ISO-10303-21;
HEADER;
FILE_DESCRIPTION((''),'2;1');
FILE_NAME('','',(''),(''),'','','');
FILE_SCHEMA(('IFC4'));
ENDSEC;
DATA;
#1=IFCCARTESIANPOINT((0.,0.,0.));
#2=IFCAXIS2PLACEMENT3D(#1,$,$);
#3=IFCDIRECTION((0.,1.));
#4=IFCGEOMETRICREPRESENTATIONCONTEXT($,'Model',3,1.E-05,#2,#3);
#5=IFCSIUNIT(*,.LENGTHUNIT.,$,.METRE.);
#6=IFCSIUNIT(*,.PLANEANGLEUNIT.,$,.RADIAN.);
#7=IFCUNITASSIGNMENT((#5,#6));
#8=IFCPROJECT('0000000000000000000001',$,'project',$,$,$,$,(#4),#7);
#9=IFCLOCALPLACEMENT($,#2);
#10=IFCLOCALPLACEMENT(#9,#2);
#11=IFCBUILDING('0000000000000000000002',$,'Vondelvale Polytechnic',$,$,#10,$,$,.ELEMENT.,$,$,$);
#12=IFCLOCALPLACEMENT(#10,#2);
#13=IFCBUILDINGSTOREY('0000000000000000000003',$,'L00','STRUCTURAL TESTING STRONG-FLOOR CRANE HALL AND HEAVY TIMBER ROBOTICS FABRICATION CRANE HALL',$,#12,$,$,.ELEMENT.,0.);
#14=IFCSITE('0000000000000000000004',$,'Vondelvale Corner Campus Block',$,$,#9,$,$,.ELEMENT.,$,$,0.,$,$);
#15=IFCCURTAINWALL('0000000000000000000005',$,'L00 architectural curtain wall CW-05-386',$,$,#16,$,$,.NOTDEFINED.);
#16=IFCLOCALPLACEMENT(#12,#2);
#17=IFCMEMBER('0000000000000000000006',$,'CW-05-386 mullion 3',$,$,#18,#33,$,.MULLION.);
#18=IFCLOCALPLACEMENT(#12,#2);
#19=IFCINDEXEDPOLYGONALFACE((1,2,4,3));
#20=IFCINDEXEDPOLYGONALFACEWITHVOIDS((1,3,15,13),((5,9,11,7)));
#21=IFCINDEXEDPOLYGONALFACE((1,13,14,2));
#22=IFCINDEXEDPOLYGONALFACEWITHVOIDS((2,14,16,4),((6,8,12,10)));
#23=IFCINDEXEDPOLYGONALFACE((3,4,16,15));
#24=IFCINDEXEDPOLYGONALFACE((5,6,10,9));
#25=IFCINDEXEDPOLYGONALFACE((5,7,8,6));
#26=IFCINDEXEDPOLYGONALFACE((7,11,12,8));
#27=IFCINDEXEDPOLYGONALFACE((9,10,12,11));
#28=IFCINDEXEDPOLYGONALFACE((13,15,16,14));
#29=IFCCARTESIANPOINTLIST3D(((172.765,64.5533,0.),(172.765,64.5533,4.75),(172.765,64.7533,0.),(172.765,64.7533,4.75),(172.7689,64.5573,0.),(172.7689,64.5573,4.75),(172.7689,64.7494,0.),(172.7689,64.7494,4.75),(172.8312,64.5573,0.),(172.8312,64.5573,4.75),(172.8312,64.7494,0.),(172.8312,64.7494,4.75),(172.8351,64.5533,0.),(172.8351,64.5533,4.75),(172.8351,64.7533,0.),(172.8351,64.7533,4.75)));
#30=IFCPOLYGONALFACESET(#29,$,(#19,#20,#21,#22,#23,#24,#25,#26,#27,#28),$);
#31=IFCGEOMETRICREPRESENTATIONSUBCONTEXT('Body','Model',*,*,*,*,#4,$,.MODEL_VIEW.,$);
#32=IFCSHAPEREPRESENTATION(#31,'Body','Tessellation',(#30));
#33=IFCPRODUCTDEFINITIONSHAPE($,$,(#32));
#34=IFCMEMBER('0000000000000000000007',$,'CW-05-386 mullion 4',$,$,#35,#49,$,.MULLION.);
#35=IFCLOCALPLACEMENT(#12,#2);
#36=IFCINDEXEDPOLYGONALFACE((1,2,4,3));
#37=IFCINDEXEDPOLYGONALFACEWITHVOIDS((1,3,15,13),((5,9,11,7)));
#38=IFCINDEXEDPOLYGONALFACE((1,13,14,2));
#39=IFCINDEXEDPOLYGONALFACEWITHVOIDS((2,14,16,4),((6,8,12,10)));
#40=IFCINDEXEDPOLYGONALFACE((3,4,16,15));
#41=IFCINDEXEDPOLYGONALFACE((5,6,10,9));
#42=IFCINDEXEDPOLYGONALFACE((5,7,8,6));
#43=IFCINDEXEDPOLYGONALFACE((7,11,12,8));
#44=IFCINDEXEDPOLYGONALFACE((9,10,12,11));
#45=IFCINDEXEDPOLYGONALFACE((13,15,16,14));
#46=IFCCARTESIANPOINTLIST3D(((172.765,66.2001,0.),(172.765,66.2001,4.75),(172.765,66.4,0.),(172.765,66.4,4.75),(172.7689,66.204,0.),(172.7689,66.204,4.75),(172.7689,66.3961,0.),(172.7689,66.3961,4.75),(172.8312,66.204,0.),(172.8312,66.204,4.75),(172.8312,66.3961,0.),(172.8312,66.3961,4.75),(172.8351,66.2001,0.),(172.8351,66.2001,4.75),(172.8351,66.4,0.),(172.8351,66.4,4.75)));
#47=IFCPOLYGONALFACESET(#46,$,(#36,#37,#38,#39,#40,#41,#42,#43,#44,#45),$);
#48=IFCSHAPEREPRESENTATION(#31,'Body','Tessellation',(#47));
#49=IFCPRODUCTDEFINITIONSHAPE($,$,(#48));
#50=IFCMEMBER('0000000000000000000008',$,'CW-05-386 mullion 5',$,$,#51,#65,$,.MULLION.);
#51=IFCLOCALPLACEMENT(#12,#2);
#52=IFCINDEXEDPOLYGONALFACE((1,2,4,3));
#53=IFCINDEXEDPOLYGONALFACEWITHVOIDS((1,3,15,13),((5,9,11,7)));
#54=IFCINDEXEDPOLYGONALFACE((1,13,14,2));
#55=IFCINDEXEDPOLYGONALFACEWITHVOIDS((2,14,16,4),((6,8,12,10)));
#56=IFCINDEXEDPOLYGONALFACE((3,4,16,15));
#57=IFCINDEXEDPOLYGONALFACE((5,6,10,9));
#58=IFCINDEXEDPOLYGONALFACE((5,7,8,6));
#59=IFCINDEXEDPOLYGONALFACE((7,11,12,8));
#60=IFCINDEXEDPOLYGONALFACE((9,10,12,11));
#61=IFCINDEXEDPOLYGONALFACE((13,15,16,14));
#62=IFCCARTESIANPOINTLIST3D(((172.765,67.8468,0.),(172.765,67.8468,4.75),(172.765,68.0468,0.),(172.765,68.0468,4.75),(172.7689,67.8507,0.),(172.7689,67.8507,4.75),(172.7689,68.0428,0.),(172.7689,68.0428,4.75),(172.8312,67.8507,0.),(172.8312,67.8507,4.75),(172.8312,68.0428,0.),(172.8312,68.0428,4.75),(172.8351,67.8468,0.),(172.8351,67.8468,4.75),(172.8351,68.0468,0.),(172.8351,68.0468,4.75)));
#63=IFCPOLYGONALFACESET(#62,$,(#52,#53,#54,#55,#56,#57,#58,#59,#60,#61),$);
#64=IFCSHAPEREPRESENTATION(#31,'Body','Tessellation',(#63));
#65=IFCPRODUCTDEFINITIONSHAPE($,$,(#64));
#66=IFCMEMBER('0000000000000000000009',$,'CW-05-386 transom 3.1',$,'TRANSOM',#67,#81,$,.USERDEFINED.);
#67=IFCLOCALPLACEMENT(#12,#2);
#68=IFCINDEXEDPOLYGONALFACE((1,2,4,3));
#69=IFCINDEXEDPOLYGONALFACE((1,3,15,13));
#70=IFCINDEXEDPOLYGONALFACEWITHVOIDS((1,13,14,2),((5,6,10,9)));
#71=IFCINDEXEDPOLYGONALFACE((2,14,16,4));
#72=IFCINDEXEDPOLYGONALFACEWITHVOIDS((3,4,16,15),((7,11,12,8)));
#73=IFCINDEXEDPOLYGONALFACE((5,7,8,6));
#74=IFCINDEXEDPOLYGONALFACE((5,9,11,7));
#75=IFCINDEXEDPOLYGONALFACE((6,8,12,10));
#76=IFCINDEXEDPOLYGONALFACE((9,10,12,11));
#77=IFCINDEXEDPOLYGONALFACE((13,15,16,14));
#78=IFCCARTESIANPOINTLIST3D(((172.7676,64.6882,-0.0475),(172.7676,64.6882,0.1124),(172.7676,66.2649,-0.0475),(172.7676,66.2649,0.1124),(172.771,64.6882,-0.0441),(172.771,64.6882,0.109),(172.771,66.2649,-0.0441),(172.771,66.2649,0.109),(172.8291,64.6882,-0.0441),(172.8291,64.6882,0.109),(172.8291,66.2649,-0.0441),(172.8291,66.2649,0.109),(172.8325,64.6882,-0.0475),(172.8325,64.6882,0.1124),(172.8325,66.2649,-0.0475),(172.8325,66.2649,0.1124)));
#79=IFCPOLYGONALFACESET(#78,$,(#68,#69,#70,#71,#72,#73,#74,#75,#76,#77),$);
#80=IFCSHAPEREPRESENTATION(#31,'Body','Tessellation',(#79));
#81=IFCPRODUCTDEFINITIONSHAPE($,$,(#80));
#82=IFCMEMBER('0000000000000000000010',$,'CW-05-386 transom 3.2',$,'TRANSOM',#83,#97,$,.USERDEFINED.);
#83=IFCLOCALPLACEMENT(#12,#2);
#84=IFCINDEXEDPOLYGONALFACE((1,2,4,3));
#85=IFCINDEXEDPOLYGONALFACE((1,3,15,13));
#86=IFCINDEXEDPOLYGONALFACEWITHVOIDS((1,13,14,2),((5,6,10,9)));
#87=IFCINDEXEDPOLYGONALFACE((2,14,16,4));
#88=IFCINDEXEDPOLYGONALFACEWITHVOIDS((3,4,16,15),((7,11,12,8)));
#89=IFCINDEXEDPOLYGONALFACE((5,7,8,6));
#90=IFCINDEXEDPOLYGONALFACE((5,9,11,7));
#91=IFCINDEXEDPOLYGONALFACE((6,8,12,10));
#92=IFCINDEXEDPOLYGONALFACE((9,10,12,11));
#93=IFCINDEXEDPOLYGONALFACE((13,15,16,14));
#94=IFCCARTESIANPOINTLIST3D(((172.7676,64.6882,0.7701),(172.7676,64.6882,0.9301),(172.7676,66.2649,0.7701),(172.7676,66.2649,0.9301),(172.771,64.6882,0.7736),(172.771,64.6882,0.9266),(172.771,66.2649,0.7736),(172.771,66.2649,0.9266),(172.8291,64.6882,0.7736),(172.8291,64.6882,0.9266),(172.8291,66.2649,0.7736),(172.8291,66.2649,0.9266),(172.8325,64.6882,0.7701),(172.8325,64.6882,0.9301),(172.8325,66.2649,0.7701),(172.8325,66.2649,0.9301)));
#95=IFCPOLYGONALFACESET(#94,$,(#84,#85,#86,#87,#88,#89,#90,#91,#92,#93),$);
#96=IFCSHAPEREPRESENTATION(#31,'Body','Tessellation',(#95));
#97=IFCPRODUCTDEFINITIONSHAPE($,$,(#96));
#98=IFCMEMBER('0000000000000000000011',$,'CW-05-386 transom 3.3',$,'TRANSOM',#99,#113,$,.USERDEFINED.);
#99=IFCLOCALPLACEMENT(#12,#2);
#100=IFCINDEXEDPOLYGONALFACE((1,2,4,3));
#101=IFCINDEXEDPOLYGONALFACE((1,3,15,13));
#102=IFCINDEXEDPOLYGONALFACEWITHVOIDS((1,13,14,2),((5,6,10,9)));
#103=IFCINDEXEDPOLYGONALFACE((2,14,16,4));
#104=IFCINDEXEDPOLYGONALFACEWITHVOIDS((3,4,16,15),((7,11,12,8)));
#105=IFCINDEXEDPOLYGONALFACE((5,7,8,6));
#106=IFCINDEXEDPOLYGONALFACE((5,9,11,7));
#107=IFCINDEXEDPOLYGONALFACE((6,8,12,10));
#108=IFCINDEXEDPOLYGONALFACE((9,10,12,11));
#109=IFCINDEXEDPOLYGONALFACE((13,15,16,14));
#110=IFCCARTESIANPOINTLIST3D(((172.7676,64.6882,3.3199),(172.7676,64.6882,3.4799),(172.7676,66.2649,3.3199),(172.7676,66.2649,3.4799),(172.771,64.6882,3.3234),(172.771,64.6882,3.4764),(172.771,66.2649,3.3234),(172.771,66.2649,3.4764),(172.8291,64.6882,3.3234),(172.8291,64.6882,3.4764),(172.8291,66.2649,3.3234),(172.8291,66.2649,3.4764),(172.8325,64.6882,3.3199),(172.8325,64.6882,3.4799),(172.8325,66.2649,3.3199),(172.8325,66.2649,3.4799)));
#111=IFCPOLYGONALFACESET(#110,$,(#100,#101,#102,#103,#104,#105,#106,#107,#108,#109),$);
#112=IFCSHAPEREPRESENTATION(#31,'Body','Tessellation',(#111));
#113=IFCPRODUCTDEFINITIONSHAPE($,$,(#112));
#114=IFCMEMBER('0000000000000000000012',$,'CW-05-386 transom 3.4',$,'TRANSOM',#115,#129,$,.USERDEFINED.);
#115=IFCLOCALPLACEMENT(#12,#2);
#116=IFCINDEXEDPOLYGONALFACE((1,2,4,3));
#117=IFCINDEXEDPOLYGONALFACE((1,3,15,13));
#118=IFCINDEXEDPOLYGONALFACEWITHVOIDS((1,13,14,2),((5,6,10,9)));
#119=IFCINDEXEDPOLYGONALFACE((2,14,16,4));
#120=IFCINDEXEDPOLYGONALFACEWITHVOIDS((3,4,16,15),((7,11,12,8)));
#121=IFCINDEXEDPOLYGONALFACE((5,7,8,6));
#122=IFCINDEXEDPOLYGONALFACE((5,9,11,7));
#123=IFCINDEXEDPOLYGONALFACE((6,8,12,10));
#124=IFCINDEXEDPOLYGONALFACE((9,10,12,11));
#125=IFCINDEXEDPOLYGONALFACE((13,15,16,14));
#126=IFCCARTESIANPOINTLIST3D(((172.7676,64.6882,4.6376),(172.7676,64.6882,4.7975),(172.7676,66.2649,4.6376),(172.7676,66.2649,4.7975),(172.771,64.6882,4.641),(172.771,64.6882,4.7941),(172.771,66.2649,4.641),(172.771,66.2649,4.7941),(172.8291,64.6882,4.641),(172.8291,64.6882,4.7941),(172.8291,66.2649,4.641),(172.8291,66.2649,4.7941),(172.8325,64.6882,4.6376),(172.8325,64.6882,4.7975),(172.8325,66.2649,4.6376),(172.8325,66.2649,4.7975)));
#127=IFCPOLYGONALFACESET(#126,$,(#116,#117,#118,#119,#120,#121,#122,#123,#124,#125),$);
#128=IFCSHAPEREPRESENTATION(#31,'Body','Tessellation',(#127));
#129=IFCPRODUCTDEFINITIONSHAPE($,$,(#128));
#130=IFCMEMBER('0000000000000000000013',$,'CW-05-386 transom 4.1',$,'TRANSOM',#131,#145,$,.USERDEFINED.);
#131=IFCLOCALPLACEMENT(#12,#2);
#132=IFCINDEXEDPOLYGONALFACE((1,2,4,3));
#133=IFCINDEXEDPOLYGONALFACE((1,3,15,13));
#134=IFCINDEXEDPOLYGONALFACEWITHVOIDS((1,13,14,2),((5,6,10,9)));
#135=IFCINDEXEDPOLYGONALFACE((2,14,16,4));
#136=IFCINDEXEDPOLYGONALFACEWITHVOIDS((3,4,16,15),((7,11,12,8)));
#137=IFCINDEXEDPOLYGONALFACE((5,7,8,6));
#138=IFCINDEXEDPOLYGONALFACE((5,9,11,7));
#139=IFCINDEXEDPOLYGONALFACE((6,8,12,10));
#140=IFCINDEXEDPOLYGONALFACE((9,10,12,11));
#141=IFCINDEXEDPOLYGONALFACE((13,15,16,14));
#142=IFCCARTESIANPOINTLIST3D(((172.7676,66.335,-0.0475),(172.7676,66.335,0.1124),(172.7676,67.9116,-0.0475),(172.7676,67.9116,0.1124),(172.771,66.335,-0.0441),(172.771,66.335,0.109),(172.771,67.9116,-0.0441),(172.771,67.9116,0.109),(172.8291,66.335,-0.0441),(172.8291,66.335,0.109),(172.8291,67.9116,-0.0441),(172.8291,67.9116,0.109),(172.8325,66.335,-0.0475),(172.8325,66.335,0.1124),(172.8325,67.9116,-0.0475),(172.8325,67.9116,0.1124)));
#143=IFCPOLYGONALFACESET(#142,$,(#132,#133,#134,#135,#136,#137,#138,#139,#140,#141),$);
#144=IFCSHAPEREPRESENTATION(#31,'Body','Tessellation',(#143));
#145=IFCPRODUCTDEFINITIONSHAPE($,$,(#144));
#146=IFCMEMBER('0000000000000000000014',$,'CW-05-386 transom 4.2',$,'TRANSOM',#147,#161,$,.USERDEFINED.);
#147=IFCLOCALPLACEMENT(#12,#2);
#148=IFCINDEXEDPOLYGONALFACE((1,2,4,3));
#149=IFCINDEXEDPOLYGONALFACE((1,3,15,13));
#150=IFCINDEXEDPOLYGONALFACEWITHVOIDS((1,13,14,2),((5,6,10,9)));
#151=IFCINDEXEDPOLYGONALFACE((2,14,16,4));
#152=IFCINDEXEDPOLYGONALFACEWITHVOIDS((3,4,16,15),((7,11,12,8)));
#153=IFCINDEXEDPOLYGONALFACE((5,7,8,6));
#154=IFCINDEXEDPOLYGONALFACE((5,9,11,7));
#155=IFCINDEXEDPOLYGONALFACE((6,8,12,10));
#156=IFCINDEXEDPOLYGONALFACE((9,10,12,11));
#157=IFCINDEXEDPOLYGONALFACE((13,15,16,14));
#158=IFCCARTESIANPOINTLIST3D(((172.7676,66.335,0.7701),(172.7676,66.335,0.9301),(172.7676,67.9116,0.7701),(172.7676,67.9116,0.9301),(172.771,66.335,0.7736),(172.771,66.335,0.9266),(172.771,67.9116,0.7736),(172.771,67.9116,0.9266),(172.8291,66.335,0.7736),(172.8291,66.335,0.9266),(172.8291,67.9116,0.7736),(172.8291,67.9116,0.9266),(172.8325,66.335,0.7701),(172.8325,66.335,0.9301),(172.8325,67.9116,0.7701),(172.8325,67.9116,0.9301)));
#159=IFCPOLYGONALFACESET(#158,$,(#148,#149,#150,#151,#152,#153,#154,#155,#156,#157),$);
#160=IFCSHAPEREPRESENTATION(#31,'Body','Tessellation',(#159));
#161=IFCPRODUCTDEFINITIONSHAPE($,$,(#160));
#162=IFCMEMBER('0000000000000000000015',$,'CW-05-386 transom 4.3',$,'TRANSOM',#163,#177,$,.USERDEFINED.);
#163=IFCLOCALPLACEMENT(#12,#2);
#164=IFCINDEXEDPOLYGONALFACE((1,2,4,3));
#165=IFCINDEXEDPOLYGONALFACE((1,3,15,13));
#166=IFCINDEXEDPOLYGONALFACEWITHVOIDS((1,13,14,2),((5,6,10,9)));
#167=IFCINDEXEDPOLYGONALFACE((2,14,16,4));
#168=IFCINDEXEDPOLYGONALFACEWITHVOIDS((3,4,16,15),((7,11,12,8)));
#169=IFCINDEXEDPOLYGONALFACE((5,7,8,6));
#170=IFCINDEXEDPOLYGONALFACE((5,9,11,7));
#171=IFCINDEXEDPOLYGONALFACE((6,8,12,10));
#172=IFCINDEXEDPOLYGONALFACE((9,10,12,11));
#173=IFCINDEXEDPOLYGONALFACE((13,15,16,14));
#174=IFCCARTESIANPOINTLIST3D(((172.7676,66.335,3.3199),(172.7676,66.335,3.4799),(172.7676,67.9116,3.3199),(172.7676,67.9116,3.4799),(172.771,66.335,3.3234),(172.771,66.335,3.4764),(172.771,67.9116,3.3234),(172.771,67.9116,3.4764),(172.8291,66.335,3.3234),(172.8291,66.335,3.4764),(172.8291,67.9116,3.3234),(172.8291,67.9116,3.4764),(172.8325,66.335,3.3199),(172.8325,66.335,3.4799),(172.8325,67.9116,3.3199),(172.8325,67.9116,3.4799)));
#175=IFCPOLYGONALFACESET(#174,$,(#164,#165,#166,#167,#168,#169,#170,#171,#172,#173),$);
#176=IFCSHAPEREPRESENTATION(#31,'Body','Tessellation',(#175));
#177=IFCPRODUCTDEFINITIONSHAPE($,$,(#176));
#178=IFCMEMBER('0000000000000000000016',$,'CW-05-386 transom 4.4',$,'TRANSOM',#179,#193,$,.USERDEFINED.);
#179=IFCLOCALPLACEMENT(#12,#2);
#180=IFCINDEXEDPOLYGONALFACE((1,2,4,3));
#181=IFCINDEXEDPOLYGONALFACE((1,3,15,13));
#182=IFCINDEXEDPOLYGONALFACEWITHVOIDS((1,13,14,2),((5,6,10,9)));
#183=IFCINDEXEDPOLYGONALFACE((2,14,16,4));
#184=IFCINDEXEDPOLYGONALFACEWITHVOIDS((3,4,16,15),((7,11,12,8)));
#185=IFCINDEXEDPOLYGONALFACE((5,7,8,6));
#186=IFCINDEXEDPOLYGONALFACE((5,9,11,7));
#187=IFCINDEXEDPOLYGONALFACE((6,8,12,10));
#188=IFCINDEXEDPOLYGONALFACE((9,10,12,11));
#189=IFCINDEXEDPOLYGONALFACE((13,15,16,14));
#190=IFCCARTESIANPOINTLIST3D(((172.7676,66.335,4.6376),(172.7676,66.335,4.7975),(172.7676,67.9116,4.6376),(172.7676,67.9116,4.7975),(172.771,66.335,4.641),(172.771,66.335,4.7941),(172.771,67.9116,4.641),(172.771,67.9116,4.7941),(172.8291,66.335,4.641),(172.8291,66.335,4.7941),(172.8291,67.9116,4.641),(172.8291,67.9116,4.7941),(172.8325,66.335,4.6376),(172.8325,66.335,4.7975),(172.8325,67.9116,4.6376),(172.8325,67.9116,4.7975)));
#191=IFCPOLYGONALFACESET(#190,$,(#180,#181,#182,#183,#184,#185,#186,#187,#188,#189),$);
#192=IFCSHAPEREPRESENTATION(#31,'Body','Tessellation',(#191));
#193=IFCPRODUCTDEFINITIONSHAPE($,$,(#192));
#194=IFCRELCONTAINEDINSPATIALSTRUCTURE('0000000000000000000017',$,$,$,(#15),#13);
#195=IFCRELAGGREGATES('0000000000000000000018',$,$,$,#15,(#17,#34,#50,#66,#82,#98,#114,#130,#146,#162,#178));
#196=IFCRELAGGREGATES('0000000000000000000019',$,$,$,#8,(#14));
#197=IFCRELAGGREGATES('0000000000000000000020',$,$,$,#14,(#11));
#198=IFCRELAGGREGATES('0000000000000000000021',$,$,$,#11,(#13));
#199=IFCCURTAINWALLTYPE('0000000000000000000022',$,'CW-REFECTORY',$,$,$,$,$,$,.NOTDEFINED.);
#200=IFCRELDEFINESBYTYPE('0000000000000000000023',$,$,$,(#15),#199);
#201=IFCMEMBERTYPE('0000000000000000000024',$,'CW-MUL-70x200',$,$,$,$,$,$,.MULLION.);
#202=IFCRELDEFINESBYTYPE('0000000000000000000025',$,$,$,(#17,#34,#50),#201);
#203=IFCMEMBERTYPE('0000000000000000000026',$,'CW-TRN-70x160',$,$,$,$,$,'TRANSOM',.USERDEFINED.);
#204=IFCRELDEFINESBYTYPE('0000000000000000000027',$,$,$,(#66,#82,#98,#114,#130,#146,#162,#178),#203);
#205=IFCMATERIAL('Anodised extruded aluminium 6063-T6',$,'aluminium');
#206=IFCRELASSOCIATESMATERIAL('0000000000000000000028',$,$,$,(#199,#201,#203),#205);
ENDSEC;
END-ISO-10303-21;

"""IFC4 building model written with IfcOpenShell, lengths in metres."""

from ifc_helpers import new_model, si_unit, direction, frame, origin, origin_2d, place, context, subcontext, project, spatial, hollow_rectangle, extrude, material, material_profile, profile_set, type_object, element, aggregate, save


model = new_model("IFC4")

# Units and contexts
model_context = context("Model", 3, precision=1e-05, world=origin(), true_north=direction((0.0, 1.0)))
body_context = subcontext(model_context, "Body", "Model", "MODEL_VIEW")
ifc_project = project(units=[si_unit("LENGTHUNIT", "METRE"), si_unit("PLANEANGLEUNIT", "RADIAN")], contexts=[model_context])

# Site, building, storey
site_placement = place(None, origin())
site = spatial("IfcSite", under=ifc_project, at=site_placement, Name="Vondelvale Corner Campus Block", CompositionType="ELEMENT", RefElevation=0.0)
building_placement = place(site_placement, origin())
building = spatial("IfcBuilding", under=site, at=building_placement, Name="Vondelvale Polytechnic", CompositionType="ELEMENT")
storey_placement = place(building_placement, origin())
storey = spatial("IfcBuildingStorey", under=building, at=storey_placement, Name="L00", Description="STRUCTURAL TESTING STRONG-FLOOR CRANE HALL AND HEAVY TIMBER ROBOTICS FABRICATION CRANE HALL", CompositionType="ELEMENT", Elevation=0.0)

# Curtain wall, members
ifc_material_1 = material(Name="Anodised extruded aluminium 6063-T6", Category="aluminium")
curtain_wall_type = type_object("IfcCurtainWallType", Name="CW-REFECTORY", PredefinedType="NOTDEFINED", material=ifc_material_1)
curtain_wall_placement = place(storey_placement, origin())
curtain_wall = element("IfcCurtainWall", 1, at=curtain_wall_placement, inside=storey, type_object=curtain_wall_type, Name="L00 architectural curtain wall CW-05-386", PredefinedType="NOTDEFINED")
ifc_material_profile_1 = material_profile(ifc_material_1, hollow_rectangle(XDim=0.0701, YDim=0.2, WallThickness=0.0039, at=origin_2d()), Name="CW-MUL-200x70")
ifc_profile_set_1 = profile_set([ifc_material_profile_1], Name="Anodised extruded aluminium 6063-T6")
member_type_1 = type_object("IfcMemberType", Name="CW-MUL-70x200", PredefinedType="MULLION", material=ifc_profile_set_1)
member_1_placement = place(storey_placement, frame((172.8, 64.6533, 0.0), z_axis=(0.0, 0.0, 1.0), x_axis=(-1.0, 0.0, 0.0)))
member_1 = element("IfcMember", 2, at=member_1_placement, type_object=member_type_1, Name="CW-05-386 mullion 3", PredefinedType="MULLION", context=body_context, shape_type="SweptSolid", body=[
    extrude(hollow_rectangle(XDim=0.0701, YDim=0.2, WallThickness=0.0039, at=origin_2d()), origin(), (0.0, 0.0, 1.0), 4.75),
])
member_2_placement = place(storey_placement, frame((172.8, 66.3, 0.0), z_axis=(0.0, 0.0, 1.0), x_axis=(-1.0, 0.0, 0.0)))
member_2 = element("IfcMember", 3, at=member_2_placement, type_object=member_type_1, Name="CW-05-386 mullion 4", PredefinedType="MULLION", context=body_context, shape_type="SweptSolid", body=[
    extrude(hollow_rectangle(XDim=0.0701, YDim=0.2, WallThickness=0.0039, at=origin_2d()), origin(), (0.0, 0.0, 1.0), 4.75),
])
member_3_placement = place(storey_placement, frame((172.8, 67.9468, 0.0), z_axis=(0.0, 0.0, 1.0), x_axis=(-1.0, 0.0, 0.0)))
member_3 = element("IfcMember", 4, at=member_3_placement, type_object=member_type_1, Name="CW-05-386 mullion 5", PredefinedType="MULLION", context=body_context, shape_type="SweptSolid", body=[
    extrude(hollow_rectangle(XDim=0.0701, YDim=0.2, WallThickness=0.0039, at=origin_2d()), origin(), (0.0, 0.0, 1.0), 4.75),
])
ifc_material_profile_2 = material_profile(ifc_material_1, hollow_rectangle(XDim=0.0649, YDim=0.1599, WallThickness=0.0034, at=origin_2d()), Name="CW-TRN-160x65")
ifc_profile_set_2 = profile_set([ifc_material_profile_2], Name="Anodised extruded aluminium 6063-T6")
member_type_2 = type_object("IfcMemberType", Name="CW-TRN-70x160", ElementType="TRANSOM", PredefinedType="USERDEFINED", material=ifc_profile_set_2)
member_4_placement = place(storey_placement, frame((172.8, 64.6882, 0.0325), z_axis=(0.0, 1.0, 0.0), x_axis=(-1.0, 0.0, 0.0)))
member_4 = element("IfcMember", 5, at=member_4_placement, type_object=member_type_2, Name="CW-05-386 transom 3.1", ObjectType="TRANSOM", PredefinedType="USERDEFINED", context=body_context, shape_type="SweptSolid", body=[
    extrude(hollow_rectangle(XDim=0.0649, YDim=0.1599, WallThickness=0.0034, at=origin_2d()), origin(), (0.0, 0.0, 1.0), 1.5767),
])
member_5_placement = place(storey_placement, frame((172.8, 64.6882, 0.8501), z_axis=(0.0, 1.0, 0.0), x_axis=(-1.0, 0.0, 0.0)))
member_5 = element("IfcMember", 6, at=member_5_placement, type_object=member_type_2, Name="CW-05-386 transom 3.2", ObjectType="TRANSOM", PredefinedType="USERDEFINED", context=body_context, shape_type="SweptSolid", body=[
    extrude(hollow_rectangle(XDim=0.0649, YDim=0.1599, WallThickness=0.0034, at=origin_2d()), origin(), (0.0, 0.0, 1.0), 1.5767),
])
member_6_placement = place(storey_placement, frame((172.8, 64.6882, 3.3999), z_axis=(0.0, 1.0, 0.0), x_axis=(-1.0, 0.0, 0.0)))
member_6 = element("IfcMember", 7, at=member_6_placement, type_object=member_type_2, Name="CW-05-386 transom 3.3", ObjectType="TRANSOM", PredefinedType="USERDEFINED", context=body_context, shape_type="SweptSolid", body=[
    extrude(hollow_rectangle(XDim=0.0649, YDim=0.1599, WallThickness=0.0034, at=origin_2d()), origin(), (0.0, 0.0, 1.0), 1.5767),
])
member_7_placement = place(storey_placement, frame((172.8, 64.6882, 4.7175), z_axis=(0.0, 1.0, 0.0), x_axis=(-1.0, 0.0, 0.0)))
member_7 = element("IfcMember", 8, at=member_7_placement, type_object=member_type_2, Name="CW-05-386 transom 3.4", ObjectType="TRANSOM", PredefinedType="USERDEFINED", context=body_context, shape_type="SweptSolid", body=[
    extrude(hollow_rectangle(XDim=0.0649, YDim=0.1599, WallThickness=0.0034, at=origin_2d()), origin(), (0.0, 0.0, 1.0), 1.5767),
])
member_8_placement = place(storey_placement, frame((172.8, 66.335, 0.0325), z_axis=(0.0, 1.0, 0.0), x_axis=(-1.0, 0.0, 0.0)))
member_8 = element("IfcMember", 9, at=member_8_placement, type_object=member_type_2, Name="CW-05-386 transom 4.1", ObjectType="TRANSOM", PredefinedType="USERDEFINED", context=body_context, shape_type="SweptSolid", body=[
    extrude(hollow_rectangle(XDim=0.0649, YDim=0.1599, WallThickness=0.0034, at=origin_2d()), origin(), (0.0, 0.0, 1.0), 1.5767),
])
member_9_placement = place(storey_placement, frame((172.8, 66.335, 0.8501), z_axis=(0.0, 1.0, 0.0), x_axis=(-1.0, 0.0, 0.0)))
member_9 = element("IfcMember", 10, at=member_9_placement, type_object=member_type_2, Name="CW-05-386 transom 4.2", ObjectType="TRANSOM", PredefinedType="USERDEFINED", context=body_context, shape_type="SweptSolid", body=[
    extrude(hollow_rectangle(XDim=0.0649, YDim=0.1599, WallThickness=0.0034, at=origin_2d()), origin(), (0.0, 0.0, 1.0), 1.5767),
])
member_10_placement = place(storey_placement, frame((172.8, 66.335, 3.3999), z_axis=(0.0, 1.0, 0.0), x_axis=(-1.0, 0.0, 0.0)))
member_10 = element("IfcMember", 11, at=member_10_placement, type_object=member_type_2, Name="CW-05-386 transom 4.3", ObjectType="TRANSOM", PredefinedType="USERDEFINED", context=body_context, shape_type="SweptSolid", body=[
    extrude(hollow_rectangle(XDim=0.0649, YDim=0.1599, WallThickness=0.0034, at=origin_2d()), origin(), (0.0, 0.0, 1.0), 1.5767),
])
member_11_placement = place(storey_placement, frame((172.8, 66.335, 4.7175), z_axis=(0.0, 1.0, 0.0), x_axis=(-1.0, 0.0, 0.0)))
member_11 = element("IfcMember", 12, at=member_11_placement, type_object=member_type_2, Name="CW-05-386 transom 4.4", ObjectType="TRANSOM", PredefinedType="USERDEFINED", context=body_context, shape_type="SweptSolid", body=[
    extrude(hollow_rectangle(XDim=0.0649, YDim=0.1599, WallThickness=0.0034, at=origin_2d()), origin(), (0.0, 0.0, 1.0), 1.5767),
])
aggregate(curtain_wall, [member_1, member_2, member_3, member_4, member_5, member_6, member_7, member_8, member_9, member_10, member_11])

save(model, "model.ifc")
